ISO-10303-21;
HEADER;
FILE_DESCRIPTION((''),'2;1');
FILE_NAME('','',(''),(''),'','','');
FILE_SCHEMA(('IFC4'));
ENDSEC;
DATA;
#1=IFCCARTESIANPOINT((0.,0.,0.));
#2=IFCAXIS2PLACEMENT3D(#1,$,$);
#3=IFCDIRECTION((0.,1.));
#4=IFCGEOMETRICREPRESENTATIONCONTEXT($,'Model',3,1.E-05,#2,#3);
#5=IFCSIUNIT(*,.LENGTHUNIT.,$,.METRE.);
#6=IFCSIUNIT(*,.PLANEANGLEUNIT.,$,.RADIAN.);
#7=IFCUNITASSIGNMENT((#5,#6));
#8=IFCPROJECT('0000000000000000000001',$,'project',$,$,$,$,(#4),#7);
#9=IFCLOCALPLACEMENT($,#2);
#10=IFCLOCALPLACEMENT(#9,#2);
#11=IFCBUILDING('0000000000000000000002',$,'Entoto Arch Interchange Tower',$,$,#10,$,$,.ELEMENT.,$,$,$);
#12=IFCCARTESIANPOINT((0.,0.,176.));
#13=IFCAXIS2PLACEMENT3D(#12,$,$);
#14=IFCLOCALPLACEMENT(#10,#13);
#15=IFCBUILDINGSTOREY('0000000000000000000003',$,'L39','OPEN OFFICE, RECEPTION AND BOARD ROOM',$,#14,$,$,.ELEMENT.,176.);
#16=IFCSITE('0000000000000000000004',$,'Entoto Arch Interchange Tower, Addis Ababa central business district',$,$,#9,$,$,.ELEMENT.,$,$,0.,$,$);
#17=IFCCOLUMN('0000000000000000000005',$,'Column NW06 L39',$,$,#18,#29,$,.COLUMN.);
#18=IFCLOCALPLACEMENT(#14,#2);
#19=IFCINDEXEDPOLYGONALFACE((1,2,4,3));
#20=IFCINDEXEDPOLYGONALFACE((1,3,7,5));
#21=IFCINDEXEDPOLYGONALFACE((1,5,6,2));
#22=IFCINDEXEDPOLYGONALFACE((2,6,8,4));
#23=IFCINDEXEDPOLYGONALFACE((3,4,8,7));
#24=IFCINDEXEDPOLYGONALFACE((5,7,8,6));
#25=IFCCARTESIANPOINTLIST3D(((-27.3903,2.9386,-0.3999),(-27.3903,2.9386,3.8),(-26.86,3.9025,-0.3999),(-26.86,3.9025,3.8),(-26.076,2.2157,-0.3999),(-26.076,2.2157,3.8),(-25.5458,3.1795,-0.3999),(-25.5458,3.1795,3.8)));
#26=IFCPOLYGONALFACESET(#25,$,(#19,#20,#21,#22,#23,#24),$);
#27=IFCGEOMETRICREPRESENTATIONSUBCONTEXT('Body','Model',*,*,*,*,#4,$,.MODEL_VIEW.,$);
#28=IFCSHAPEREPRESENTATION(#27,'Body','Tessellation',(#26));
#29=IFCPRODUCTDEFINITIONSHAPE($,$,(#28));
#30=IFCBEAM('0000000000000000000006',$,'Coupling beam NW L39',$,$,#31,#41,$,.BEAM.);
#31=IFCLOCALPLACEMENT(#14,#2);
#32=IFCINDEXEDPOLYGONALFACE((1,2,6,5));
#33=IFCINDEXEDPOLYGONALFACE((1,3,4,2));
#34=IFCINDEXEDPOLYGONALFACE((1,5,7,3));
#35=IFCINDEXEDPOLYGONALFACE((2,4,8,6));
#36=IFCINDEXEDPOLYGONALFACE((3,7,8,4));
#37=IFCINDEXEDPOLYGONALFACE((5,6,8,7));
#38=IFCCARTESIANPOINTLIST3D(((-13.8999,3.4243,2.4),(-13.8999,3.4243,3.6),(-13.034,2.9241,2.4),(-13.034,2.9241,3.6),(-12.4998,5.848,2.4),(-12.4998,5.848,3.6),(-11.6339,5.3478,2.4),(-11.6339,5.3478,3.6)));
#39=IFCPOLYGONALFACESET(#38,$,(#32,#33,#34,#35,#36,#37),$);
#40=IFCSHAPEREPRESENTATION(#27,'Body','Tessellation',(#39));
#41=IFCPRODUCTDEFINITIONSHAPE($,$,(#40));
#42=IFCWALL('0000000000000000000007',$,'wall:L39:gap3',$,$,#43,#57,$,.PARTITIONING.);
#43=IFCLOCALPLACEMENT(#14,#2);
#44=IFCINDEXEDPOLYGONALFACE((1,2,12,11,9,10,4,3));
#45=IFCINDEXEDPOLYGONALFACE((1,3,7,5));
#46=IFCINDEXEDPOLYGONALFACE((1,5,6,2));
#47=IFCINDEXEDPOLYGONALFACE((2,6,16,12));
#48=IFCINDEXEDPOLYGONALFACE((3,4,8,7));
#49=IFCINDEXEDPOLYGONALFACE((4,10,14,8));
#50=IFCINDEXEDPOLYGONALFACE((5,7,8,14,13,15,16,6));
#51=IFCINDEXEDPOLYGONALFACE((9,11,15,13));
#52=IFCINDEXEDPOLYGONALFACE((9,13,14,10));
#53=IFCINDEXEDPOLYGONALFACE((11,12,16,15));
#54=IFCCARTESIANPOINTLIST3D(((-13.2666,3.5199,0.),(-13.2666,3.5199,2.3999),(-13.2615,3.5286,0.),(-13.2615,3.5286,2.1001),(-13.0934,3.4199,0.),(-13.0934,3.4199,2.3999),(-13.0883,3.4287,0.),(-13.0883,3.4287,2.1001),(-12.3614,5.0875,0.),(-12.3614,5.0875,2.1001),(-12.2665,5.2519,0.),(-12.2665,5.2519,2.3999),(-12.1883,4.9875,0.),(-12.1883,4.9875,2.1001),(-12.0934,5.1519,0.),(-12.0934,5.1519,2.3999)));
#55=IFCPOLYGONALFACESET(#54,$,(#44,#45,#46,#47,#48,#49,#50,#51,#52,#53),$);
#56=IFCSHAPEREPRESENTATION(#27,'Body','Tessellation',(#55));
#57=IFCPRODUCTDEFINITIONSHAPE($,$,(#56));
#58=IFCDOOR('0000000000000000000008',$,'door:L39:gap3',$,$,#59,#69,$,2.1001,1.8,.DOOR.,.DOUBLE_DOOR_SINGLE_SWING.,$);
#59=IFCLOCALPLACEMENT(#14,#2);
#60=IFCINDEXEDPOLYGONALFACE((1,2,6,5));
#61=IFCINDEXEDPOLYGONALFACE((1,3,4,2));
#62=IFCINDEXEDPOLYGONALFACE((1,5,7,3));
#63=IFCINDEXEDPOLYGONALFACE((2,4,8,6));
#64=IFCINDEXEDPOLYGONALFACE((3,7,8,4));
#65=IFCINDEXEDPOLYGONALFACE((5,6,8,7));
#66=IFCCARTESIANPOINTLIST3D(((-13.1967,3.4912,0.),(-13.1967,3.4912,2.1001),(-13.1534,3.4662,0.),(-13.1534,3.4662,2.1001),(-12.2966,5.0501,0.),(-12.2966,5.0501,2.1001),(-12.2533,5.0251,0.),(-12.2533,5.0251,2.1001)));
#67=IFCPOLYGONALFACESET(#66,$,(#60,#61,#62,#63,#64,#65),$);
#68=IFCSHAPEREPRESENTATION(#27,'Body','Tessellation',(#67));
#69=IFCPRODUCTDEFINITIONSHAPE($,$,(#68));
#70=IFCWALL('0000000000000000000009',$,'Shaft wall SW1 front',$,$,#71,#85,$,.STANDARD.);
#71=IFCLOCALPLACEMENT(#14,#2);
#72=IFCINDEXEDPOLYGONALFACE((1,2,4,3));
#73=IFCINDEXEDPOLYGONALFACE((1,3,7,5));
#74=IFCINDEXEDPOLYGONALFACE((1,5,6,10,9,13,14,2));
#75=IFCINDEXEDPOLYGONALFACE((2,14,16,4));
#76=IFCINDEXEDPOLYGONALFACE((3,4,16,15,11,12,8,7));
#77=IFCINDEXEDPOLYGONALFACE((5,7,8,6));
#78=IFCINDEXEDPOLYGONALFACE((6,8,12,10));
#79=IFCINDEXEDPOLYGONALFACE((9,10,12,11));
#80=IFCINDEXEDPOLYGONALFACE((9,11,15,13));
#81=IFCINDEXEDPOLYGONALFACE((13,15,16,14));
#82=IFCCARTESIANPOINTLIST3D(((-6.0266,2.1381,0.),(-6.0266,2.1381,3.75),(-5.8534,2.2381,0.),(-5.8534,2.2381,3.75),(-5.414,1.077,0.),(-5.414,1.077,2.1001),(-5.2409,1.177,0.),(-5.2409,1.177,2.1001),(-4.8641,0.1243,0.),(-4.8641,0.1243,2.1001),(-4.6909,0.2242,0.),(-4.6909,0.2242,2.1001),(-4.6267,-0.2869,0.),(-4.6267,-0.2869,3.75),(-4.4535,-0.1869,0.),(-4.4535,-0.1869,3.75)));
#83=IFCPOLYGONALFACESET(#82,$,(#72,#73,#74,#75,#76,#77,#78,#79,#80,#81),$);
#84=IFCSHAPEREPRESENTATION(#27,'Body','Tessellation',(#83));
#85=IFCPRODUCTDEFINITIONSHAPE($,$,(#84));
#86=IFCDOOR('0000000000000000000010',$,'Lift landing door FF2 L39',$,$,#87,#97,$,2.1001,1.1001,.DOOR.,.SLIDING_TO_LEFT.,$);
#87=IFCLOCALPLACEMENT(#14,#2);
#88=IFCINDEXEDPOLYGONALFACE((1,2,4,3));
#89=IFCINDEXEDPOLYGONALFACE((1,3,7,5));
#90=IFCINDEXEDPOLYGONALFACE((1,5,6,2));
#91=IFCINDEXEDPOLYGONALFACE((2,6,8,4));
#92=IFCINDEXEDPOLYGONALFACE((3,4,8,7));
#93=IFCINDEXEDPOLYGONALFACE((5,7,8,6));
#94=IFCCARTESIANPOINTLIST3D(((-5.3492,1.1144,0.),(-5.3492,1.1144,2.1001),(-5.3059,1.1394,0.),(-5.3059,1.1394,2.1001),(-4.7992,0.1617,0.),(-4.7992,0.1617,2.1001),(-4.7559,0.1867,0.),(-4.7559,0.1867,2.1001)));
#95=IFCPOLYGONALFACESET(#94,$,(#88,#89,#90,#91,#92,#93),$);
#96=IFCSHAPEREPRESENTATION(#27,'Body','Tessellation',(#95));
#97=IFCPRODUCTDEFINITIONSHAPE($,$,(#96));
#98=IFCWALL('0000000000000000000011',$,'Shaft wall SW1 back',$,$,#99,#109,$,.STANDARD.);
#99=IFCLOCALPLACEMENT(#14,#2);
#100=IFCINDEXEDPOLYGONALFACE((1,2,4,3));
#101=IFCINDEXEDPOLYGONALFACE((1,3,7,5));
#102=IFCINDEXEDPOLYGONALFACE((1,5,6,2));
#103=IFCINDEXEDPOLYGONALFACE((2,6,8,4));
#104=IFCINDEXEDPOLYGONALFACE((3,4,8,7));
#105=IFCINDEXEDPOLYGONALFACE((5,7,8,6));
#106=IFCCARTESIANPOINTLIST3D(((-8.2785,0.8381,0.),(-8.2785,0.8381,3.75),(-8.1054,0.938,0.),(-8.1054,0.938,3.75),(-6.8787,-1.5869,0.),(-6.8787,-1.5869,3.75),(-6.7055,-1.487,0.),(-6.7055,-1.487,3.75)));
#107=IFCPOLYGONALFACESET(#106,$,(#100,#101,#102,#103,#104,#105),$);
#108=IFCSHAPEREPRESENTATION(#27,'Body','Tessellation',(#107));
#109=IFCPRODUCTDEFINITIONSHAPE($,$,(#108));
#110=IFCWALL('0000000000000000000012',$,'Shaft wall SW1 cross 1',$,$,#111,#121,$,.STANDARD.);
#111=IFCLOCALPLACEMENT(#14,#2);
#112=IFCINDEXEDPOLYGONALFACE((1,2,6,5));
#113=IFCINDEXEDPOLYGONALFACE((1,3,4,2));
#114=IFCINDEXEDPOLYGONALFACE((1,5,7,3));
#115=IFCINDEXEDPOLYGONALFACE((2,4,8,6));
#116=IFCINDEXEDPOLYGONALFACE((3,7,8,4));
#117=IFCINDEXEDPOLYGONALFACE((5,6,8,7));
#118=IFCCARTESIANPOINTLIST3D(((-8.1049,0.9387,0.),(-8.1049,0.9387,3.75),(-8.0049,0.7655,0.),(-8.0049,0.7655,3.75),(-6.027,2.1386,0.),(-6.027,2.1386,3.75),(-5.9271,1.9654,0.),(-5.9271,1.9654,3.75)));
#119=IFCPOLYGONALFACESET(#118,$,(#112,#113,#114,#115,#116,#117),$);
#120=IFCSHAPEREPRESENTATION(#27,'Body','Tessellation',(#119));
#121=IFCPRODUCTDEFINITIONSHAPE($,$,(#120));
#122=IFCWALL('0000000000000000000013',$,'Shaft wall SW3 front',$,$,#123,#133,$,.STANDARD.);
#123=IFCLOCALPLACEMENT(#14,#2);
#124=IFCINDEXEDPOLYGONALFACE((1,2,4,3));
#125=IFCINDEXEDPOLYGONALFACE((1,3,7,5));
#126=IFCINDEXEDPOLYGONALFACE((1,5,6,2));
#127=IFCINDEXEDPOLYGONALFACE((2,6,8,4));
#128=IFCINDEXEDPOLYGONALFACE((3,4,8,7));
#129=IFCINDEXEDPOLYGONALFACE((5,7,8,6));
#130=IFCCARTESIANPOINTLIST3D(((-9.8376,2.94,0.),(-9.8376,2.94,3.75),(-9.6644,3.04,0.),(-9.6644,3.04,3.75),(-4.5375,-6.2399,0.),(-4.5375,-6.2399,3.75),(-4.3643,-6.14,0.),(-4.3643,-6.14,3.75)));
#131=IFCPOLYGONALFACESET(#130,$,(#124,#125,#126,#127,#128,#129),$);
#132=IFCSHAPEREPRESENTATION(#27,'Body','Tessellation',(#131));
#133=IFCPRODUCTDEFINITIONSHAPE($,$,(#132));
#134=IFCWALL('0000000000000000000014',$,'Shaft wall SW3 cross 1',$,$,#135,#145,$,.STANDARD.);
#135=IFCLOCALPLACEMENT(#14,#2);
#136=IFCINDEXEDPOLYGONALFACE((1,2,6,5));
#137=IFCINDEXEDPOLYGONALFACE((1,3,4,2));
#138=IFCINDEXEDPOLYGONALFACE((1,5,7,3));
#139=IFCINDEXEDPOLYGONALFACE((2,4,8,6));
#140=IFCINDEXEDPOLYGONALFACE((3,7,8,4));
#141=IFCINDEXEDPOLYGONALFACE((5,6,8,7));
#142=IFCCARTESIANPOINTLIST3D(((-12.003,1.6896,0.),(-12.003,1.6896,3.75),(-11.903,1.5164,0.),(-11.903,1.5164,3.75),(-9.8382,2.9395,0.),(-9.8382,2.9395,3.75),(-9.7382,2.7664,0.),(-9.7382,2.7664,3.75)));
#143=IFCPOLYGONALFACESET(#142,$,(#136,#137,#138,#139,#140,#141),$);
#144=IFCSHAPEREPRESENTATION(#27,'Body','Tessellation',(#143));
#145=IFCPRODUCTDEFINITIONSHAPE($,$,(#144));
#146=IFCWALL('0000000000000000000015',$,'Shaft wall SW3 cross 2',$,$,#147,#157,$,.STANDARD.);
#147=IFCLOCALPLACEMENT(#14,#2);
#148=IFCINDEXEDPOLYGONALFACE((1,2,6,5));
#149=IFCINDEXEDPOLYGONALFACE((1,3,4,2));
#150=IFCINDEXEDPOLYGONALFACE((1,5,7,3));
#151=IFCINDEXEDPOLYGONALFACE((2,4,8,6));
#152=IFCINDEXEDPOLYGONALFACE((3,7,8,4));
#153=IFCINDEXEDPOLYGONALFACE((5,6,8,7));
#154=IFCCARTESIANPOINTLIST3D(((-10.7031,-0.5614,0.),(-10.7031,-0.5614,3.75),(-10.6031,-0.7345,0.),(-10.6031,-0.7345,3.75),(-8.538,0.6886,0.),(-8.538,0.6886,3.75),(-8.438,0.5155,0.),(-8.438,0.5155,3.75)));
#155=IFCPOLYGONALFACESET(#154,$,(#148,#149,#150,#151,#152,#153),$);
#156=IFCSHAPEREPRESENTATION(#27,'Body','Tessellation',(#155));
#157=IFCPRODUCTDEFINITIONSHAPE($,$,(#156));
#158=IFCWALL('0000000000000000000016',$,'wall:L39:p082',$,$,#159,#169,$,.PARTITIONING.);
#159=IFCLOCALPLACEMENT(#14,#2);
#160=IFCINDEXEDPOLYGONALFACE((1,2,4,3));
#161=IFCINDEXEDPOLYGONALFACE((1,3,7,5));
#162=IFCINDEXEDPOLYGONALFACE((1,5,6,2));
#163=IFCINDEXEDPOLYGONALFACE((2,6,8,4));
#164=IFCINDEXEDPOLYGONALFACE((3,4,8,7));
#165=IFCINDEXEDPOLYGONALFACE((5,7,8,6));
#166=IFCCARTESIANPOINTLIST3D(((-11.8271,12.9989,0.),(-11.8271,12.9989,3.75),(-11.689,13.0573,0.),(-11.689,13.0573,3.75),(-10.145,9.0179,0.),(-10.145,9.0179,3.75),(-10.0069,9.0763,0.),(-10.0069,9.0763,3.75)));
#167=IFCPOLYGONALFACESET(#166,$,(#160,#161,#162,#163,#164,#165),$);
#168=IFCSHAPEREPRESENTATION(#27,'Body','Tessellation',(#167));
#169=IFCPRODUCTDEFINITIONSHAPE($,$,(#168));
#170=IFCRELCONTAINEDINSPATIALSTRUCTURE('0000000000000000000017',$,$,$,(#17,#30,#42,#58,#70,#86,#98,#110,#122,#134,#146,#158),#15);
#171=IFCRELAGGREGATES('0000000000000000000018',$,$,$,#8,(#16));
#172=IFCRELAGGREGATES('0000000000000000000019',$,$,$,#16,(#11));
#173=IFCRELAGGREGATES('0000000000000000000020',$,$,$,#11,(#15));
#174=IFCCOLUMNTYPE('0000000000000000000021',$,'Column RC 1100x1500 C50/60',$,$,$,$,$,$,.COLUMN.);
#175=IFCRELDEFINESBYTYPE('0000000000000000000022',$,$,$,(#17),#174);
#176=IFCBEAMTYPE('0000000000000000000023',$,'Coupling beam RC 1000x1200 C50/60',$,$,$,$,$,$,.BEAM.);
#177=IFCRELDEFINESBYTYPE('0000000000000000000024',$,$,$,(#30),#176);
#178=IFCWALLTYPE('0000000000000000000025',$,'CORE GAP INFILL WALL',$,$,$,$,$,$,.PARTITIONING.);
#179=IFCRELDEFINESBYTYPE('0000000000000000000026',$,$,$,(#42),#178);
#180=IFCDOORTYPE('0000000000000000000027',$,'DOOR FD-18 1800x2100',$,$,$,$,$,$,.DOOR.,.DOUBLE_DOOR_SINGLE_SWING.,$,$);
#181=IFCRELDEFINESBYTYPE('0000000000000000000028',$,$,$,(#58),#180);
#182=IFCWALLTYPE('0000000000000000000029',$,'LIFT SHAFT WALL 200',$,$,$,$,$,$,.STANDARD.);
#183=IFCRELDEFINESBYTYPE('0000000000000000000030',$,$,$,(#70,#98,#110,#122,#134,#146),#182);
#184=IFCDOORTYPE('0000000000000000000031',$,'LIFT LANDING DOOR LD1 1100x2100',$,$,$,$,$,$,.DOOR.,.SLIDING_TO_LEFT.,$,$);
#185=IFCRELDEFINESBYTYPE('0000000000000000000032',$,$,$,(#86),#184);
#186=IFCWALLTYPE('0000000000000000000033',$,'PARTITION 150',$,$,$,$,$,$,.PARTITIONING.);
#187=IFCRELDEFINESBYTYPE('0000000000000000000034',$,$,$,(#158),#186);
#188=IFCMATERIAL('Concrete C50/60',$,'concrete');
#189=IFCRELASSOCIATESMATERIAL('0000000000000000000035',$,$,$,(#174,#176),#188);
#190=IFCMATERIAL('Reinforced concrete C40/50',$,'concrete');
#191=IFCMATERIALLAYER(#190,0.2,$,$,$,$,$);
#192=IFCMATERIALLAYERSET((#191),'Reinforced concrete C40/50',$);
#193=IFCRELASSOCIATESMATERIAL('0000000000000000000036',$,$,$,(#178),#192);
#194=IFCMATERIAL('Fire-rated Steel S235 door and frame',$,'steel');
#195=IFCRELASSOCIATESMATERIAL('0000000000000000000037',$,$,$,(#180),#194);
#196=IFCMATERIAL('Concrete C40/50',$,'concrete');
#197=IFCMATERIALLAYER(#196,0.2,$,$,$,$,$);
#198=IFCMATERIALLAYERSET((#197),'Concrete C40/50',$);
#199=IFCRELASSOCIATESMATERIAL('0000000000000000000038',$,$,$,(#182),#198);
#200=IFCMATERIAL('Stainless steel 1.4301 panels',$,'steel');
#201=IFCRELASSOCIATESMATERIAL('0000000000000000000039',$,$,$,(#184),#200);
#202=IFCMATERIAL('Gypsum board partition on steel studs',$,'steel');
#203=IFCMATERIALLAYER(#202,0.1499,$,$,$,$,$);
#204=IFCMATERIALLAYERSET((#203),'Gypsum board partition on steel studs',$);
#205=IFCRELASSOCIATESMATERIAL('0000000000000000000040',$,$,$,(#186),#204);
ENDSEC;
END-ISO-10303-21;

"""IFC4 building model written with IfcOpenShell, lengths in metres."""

from ifc_helpers import new_model, si_unit, direction, frame, frame_2d, origin, origin_2d, place, context, subcontext, project, spatial, rectangle, extrude, material, layer, layer_set, material_profile, profile_set, type_object, element, fill, save


model = new_model("IFC4")

# Units and contexts
model_context = context("Model", 3, precision=1e-05, world=origin(), true_north=direction((0.0, 1.0)))
body_context = subcontext(model_context, "Body", "Model", "MODEL_VIEW")
ifc_project = project(units=[si_unit("LENGTHUNIT", "METRE"), si_unit("PLANEANGLEUNIT", "RADIAN")], contexts=[model_context])

# Site, building, storey
site_placement = place(None, origin())
site = spatial("IfcSite", under=ifc_project, at=site_placement, Name="Entoto Arch Interchange Tower, Addis Ababa central business district", CompositionType="ELEMENT", RefElevation=0.0)
building_placement = place(site_placement, origin())
building = spatial("IfcBuilding", under=site, at=building_placement, Name="Entoto Arch Interchange Tower", CompositionType="ELEMENT")
storey_placement = place(building_placement, frame((0.0, 0.0, 176.0)))
storey = spatial("IfcBuildingStorey", under=building, at=storey_placement, Name="L39", Description="OPEN OFFICE, RECEPTION AND BOARD ROOM", CompositionType="ELEMENT", Elevation=176.0)

# Column
ifc_material_1 = material(Name="Concrete C50/60", Category="concrete")
ifc_material_profile_1 = material_profile(ifc_material_1, rectangle(XDim=1.1001, YDim=1.5, at=origin_2d()))
ifc_profile_set_1 = profile_set([ifc_material_profile_1], Name="Concrete C50/60")
column_type = type_object("IfcColumnType", Name="Column RC 1100x1500 C50/60", PredefinedType="COLUMN", material=ifc_profile_set_1)
column_placement = place(storey_placement, frame((-26.468, 3.0591, -0.3999), z_axis=(0.0, 0.0, 1.0), x_axis=(0.481983, 0.876181, 0.0)))
element("IfcColumn", 1, at=column_placement, inside=storey, type_object=column_type, Name="Column NW06 L39", PredefinedType="COLUMN", context=body_context, shape_type="SweptSolid", body=[
    extrude(rectangle(XDim=1.1001, YDim=1.5, at=origin_2d()), origin(), (0.0, 0.0, 1.0), 4.2),
])

# Beam
ifc_material_profile_2 = material_profile(ifc_material_1, rectangle(XDim=1.0, YDim=1.2, at=origin_2d()))
ifc_profile_set_2 = profile_set([ifc_material_profile_2], Name="Concrete C50/60")
beam_type = type_object("IfcBeamType", Name="Coupling beam RC 1000x1200 C50/60", PredefinedType="BEAM", material=ifc_profile_set_2)
beam_placement = place(storey_placement, frame((-12.0669, 5.5979, 3.0), z_axis=(-0.500201, -0.86591, 0.0), x_axis=(0.86591, -0.500201, 0.0)))
element("IfcBeam", 2, at=beam_placement, inside=storey, type_object=beam_type, Name="Coupling beam NW L39", PredefinedType="BEAM", context=body_context, shape_type="SweptSolid", body=[
    extrude(rectangle(XDim=1.0, YDim=1.2, at=origin_2d()), origin(), (0.0, 0.0, 1.0), 2.7991),
])

# Walls, openings, doors
ifc_material_2 = material(Name="Reinforced concrete C40/50", Category="concrete")
ifc_layer_1 = layer(ifc_material_2, 0.2)
ifc_layer_set_1 = layer_set([ifc_layer_1], Name="Reinforced concrete C40/50")
wall_type_1 = type_object("IfcWallType", Name="CORE GAP INFILL WALL", PredefinedType="PARTITIONING", material=ifc_layer_set_1)
wall_1_placement = place(storey_placement, frame((-12.1799, 5.2019, 0.0), z_axis=(0.0, 0.0, 1.0), x_axis=(-0.500025, -0.866011, 0.0)))
wall_1 = element("IfcWall", 3, at=wall_1_placement, inside=storey, type_object=wall_type_1, Name="wall:L39:gap3", PredefinedType="PARTITIONING", context=body_context, shape_type="SweptSolid", body=[
    extrude(rectangle(XDim=2.0, YDim=0.2, at=frame_2d((1.0, 0.0))), origin(), (0.0, 0.0, 1.0), 2.3999),
])
opening_1_placement = place(wall_1_placement, frame((0.1899, 0.0, 0.0)))
opening_1 = element("IfcOpeningElement", 4, at=opening_1_placement, cuts=wall_1, PredefinedType="OPENING", context=body_context, shape_type="SweptSolid", body=[
    extrude(rectangle(XDim=1.8, YDim=2.1001, at=frame_2d((0.8999, 1.05))), frame((0.0, 0.1099, 0.0), z_axis=(0.0, -1.0, 0.0), x_axis=(1.0, 0.0, 0.0)), (0.0, 0.0, 1.0), 0.22),
])
ifc_material_3 = material(Name="Fire-rated Steel S235 door and frame", Category="steel")
door_type_1 = type_object("IfcDoorType", Name="DOOR FD-18 1800x2100", OperationType="DOUBLE_DOOR_SINGLE_SWING", PredefinedType="DOOR", material=ifc_material_3)
door_1_placement = place(opening_1_placement, origin())
door_1 = element("IfcDoor", 5, at=door_1_placement, inside=storey, type_object=door_type_1, Name="door:L39:gap3", OperationType="DOUBLE_DOOR_SINGLE_SWING", OverallHeight=2.1001, OverallWidth=1.8, PredefinedType="DOOR", context=body_context, shape_type="SweptSolid", body=[
    extrude(rectangle(XDim=1.8, YDim=2.1001, at=frame_2d((0.8999, 1.05))), frame((0.0, 0.0249, 0.0), z_axis=(0.0, -1.0, 0.0), x_axis=(1.0, 0.0, 0.0)), (0.0, 0.0, 1.0), 0.05),
])
fill(opening_1, door_1)
ifc_material_4 = material(Name="Concrete C40/50", Category="concrete")
ifc_layer_2 = layer(ifc_material_4, 0.2)
ifc_layer_set_2 = layer_set([ifc_layer_2], Name="Concrete C40/50")
wall_type_2 = type_object("IfcWallType", Name="LIFT SHAFT WALL 200", PredefinedType="STANDARD", material=ifc_layer_set_2)
wall_2_placement = place(storey_placement, frame((-5.9399, 2.188, 0.0), z_axis=(0.0, 0.0, 1.0), x_axis=(0.499946, -0.866056, 0.0)))
wall_2 = element("IfcWall", 6, at=wall_2_placement, inside=storey, type_object=wall_type_2, Name="Shaft wall SW1 front", PredefinedType="STANDARD", context=body_context, shape_type="SweptSolid", body=[
    extrude(rectangle(XDim=2.8, YDim=0.2, at=frame_2d((1.3999, 0.0))), origin(), (0.0, 0.0, 1.0), 3.75),
])
opening_2_placement = place(wall_2_placement, frame((1.2251, 0.0, 0.0)))
opening_2 = element("IfcOpeningElement", 7, at=opening_2_placement, cuts=wall_2, PredefinedType="OPENING", context=body_context, shape_type="SweptSolid", body=[
    extrude(rectangle(XDim=1.1001, YDim=2.1001, at=frame_2d((0.55, 1.05))), frame((0.0, 0.1099, 0.0), z_axis=(0.0, -1.0, 0.0), x_axis=(1.0, 0.0, 0.0)), (0.0, 0.0, 1.0), 0.22),
])
ifc_material_5 = material(Name="Stainless steel 1.4301 panels", Category="steel")
door_type_2 = type_object("IfcDoorType", Name="LIFT LANDING DOOR LD1 1100x2100", OperationType="SLIDING_TO_LEFT", PredefinedType="DOOR", material=ifc_material_5)
door_2_placement = place(opening_2_placement, origin())
door_2 = element("IfcDoor", 8, at=door_2_placement, inside=storey, type_object=door_type_2, Name="Lift landing door FF2 L39", OperationType="SLIDING_TO_LEFT", OverallHeight=2.1001, OverallWidth=1.1001, PredefinedType="DOOR", context=body_context, shape_type="SweptSolid", body=[
    extrude(rectangle(XDim=1.1001, YDim=2.1001, at=frame_2d((0.55, 1.05))), frame((0.0, 0.0249, 0.0), z_axis=(0.0, -1.0, 0.0), x_axis=(1.0, 0.0, 0.0)), (0.0, 0.0, 1.0), 0.05),
])
fill(opening_2, door_2)

# Walls
wall_3_placement = place(storey_placement, frame((-8.1919, 0.8879, 0.0), z_axis=(0.0, 0.0, 1.0), x_axis=(0.499946, -0.866056, 0.0)))
element("IfcWall", 9, at=wall_3_placement, inside=storey, type_object=wall_type_2, Name="Shaft wall SW1 back", PredefinedType="STANDARD", context=body_context, shape_type="SweptSolid", body=[
    extrude(rectangle(XDim=2.8, YDim=0.2, at=frame_2d((1.3999, 0.0))), origin(), (0.0, 0.0, 1.0), 3.75),
])
wall_4_placement = place(storey_placement, frame((-5.9771, 2.052, 0.0), z_axis=(0.0, 0.0, 1.0), x_axis=(-0.865974, -0.500089, 0.0)))
element("IfcWall", 10, at=wall_4_placement, inside=storey, type_object=wall_type_2, Name="Shaft wall SW1 cross 1", PredefinedType="STANDARD", context=body_context, shape_type="SweptSolid", body=[
    extrude(rectangle(XDim=2.3994, YDim=0.2, at=frame_2d((1.1997, 0.0))), origin(), (0.0, 0.0, 1.0), 3.75),
])
wall_5_placement = place(storey_placement, frame((-9.751, 2.99, 0.0), z_axis=(0.0, 0.0, 1.0), x_axis=(0.500001, -0.866025, 0.0)))
element("IfcWall", 11, at=wall_5_placement, inside=storey, type_object=wall_type_2, Name="Shaft wall SW3 front", PredefinedType="STANDARD", context=body_context, shape_type="SweptSolid", body=[
    extrude(rectangle(XDim=10.6001, YDim=0.2, at=frame_2d((5.3, 0.0))), origin(), (0.0, 0.0, 1.0), 3.75),
])
wall_6_placement = place(storey_placement, frame((-9.7881, 2.853, 0.0), z_axis=(0.0, 0.0, 1.0), x_axis=(-0.865999, -0.500047, 0.0)))
element("IfcWall", 12, at=wall_6_placement, inside=storey, type_object=wall_type_2, Name="Shaft wall SW3 cross 1", PredefinedType="STANDARD", context=body_context, shape_type="SweptSolid", body=[
    extrude(rectangle(XDim=2.4998, YDim=0.2, at=frame_2d((1.25, 0.0))), origin(), (0.0, 0.0, 1.0), 3.75),
])
wall_7_placement = place(storey_placement, frame((-8.488, 0.6021, 0.0), z_axis=(0.0, 0.0, 1.0), x_axis=(-0.866023, -0.500004, 0.0)))
element("IfcWall", 13, at=wall_7_placement, inside=storey, type_object=wall_type_2, Name="Shaft wall SW3 cross 2", PredefinedType="STANDARD", context=body_context, shape_type="SweptSolid", body=[
    extrude(rectangle(XDim=2.5, YDim=0.2, at=frame_2d((1.25, 0.0))), origin(), (0.0, 0.0, 1.0), 3.75),
])
ifc_material_6 = material(Name="Gypsum board partition on steel studs", Category="steel")
ifc_layer_3 = layer(ifc_material_6, 0.1499)
ifc_layer_set_3 = layer_set([ifc_layer_3], Name="Gypsum board partition on steel studs")
wall_type_3 = type_object("IfcWallType", Name="PARTITION 150", PredefinedType="PARTITIONING", material=ifc_layer_set_3)
wall_8_placement = place(storey_placement, frame((-10.0759, 9.0471, 0.0), z_axis=(0.0, 0.0, 1.0), x_axis=(-0.389223, 0.921143, 0.0)))
element("IfcWall", 14, at=wall_8_placement, inside=storey, type_object=wall_type_3, Name="wall:L39:p082", PredefinedType="PARTITIONING", context=body_context, shape_type="SweptSolid", body=[
    extrude(rectangle(XDim=4.3218, YDim=0.1499, at=frame_2d((2.1609, 0.0))), origin(), (0.0, 0.0, 1.0), 3.75),
])

save(model, "model.ifc")
